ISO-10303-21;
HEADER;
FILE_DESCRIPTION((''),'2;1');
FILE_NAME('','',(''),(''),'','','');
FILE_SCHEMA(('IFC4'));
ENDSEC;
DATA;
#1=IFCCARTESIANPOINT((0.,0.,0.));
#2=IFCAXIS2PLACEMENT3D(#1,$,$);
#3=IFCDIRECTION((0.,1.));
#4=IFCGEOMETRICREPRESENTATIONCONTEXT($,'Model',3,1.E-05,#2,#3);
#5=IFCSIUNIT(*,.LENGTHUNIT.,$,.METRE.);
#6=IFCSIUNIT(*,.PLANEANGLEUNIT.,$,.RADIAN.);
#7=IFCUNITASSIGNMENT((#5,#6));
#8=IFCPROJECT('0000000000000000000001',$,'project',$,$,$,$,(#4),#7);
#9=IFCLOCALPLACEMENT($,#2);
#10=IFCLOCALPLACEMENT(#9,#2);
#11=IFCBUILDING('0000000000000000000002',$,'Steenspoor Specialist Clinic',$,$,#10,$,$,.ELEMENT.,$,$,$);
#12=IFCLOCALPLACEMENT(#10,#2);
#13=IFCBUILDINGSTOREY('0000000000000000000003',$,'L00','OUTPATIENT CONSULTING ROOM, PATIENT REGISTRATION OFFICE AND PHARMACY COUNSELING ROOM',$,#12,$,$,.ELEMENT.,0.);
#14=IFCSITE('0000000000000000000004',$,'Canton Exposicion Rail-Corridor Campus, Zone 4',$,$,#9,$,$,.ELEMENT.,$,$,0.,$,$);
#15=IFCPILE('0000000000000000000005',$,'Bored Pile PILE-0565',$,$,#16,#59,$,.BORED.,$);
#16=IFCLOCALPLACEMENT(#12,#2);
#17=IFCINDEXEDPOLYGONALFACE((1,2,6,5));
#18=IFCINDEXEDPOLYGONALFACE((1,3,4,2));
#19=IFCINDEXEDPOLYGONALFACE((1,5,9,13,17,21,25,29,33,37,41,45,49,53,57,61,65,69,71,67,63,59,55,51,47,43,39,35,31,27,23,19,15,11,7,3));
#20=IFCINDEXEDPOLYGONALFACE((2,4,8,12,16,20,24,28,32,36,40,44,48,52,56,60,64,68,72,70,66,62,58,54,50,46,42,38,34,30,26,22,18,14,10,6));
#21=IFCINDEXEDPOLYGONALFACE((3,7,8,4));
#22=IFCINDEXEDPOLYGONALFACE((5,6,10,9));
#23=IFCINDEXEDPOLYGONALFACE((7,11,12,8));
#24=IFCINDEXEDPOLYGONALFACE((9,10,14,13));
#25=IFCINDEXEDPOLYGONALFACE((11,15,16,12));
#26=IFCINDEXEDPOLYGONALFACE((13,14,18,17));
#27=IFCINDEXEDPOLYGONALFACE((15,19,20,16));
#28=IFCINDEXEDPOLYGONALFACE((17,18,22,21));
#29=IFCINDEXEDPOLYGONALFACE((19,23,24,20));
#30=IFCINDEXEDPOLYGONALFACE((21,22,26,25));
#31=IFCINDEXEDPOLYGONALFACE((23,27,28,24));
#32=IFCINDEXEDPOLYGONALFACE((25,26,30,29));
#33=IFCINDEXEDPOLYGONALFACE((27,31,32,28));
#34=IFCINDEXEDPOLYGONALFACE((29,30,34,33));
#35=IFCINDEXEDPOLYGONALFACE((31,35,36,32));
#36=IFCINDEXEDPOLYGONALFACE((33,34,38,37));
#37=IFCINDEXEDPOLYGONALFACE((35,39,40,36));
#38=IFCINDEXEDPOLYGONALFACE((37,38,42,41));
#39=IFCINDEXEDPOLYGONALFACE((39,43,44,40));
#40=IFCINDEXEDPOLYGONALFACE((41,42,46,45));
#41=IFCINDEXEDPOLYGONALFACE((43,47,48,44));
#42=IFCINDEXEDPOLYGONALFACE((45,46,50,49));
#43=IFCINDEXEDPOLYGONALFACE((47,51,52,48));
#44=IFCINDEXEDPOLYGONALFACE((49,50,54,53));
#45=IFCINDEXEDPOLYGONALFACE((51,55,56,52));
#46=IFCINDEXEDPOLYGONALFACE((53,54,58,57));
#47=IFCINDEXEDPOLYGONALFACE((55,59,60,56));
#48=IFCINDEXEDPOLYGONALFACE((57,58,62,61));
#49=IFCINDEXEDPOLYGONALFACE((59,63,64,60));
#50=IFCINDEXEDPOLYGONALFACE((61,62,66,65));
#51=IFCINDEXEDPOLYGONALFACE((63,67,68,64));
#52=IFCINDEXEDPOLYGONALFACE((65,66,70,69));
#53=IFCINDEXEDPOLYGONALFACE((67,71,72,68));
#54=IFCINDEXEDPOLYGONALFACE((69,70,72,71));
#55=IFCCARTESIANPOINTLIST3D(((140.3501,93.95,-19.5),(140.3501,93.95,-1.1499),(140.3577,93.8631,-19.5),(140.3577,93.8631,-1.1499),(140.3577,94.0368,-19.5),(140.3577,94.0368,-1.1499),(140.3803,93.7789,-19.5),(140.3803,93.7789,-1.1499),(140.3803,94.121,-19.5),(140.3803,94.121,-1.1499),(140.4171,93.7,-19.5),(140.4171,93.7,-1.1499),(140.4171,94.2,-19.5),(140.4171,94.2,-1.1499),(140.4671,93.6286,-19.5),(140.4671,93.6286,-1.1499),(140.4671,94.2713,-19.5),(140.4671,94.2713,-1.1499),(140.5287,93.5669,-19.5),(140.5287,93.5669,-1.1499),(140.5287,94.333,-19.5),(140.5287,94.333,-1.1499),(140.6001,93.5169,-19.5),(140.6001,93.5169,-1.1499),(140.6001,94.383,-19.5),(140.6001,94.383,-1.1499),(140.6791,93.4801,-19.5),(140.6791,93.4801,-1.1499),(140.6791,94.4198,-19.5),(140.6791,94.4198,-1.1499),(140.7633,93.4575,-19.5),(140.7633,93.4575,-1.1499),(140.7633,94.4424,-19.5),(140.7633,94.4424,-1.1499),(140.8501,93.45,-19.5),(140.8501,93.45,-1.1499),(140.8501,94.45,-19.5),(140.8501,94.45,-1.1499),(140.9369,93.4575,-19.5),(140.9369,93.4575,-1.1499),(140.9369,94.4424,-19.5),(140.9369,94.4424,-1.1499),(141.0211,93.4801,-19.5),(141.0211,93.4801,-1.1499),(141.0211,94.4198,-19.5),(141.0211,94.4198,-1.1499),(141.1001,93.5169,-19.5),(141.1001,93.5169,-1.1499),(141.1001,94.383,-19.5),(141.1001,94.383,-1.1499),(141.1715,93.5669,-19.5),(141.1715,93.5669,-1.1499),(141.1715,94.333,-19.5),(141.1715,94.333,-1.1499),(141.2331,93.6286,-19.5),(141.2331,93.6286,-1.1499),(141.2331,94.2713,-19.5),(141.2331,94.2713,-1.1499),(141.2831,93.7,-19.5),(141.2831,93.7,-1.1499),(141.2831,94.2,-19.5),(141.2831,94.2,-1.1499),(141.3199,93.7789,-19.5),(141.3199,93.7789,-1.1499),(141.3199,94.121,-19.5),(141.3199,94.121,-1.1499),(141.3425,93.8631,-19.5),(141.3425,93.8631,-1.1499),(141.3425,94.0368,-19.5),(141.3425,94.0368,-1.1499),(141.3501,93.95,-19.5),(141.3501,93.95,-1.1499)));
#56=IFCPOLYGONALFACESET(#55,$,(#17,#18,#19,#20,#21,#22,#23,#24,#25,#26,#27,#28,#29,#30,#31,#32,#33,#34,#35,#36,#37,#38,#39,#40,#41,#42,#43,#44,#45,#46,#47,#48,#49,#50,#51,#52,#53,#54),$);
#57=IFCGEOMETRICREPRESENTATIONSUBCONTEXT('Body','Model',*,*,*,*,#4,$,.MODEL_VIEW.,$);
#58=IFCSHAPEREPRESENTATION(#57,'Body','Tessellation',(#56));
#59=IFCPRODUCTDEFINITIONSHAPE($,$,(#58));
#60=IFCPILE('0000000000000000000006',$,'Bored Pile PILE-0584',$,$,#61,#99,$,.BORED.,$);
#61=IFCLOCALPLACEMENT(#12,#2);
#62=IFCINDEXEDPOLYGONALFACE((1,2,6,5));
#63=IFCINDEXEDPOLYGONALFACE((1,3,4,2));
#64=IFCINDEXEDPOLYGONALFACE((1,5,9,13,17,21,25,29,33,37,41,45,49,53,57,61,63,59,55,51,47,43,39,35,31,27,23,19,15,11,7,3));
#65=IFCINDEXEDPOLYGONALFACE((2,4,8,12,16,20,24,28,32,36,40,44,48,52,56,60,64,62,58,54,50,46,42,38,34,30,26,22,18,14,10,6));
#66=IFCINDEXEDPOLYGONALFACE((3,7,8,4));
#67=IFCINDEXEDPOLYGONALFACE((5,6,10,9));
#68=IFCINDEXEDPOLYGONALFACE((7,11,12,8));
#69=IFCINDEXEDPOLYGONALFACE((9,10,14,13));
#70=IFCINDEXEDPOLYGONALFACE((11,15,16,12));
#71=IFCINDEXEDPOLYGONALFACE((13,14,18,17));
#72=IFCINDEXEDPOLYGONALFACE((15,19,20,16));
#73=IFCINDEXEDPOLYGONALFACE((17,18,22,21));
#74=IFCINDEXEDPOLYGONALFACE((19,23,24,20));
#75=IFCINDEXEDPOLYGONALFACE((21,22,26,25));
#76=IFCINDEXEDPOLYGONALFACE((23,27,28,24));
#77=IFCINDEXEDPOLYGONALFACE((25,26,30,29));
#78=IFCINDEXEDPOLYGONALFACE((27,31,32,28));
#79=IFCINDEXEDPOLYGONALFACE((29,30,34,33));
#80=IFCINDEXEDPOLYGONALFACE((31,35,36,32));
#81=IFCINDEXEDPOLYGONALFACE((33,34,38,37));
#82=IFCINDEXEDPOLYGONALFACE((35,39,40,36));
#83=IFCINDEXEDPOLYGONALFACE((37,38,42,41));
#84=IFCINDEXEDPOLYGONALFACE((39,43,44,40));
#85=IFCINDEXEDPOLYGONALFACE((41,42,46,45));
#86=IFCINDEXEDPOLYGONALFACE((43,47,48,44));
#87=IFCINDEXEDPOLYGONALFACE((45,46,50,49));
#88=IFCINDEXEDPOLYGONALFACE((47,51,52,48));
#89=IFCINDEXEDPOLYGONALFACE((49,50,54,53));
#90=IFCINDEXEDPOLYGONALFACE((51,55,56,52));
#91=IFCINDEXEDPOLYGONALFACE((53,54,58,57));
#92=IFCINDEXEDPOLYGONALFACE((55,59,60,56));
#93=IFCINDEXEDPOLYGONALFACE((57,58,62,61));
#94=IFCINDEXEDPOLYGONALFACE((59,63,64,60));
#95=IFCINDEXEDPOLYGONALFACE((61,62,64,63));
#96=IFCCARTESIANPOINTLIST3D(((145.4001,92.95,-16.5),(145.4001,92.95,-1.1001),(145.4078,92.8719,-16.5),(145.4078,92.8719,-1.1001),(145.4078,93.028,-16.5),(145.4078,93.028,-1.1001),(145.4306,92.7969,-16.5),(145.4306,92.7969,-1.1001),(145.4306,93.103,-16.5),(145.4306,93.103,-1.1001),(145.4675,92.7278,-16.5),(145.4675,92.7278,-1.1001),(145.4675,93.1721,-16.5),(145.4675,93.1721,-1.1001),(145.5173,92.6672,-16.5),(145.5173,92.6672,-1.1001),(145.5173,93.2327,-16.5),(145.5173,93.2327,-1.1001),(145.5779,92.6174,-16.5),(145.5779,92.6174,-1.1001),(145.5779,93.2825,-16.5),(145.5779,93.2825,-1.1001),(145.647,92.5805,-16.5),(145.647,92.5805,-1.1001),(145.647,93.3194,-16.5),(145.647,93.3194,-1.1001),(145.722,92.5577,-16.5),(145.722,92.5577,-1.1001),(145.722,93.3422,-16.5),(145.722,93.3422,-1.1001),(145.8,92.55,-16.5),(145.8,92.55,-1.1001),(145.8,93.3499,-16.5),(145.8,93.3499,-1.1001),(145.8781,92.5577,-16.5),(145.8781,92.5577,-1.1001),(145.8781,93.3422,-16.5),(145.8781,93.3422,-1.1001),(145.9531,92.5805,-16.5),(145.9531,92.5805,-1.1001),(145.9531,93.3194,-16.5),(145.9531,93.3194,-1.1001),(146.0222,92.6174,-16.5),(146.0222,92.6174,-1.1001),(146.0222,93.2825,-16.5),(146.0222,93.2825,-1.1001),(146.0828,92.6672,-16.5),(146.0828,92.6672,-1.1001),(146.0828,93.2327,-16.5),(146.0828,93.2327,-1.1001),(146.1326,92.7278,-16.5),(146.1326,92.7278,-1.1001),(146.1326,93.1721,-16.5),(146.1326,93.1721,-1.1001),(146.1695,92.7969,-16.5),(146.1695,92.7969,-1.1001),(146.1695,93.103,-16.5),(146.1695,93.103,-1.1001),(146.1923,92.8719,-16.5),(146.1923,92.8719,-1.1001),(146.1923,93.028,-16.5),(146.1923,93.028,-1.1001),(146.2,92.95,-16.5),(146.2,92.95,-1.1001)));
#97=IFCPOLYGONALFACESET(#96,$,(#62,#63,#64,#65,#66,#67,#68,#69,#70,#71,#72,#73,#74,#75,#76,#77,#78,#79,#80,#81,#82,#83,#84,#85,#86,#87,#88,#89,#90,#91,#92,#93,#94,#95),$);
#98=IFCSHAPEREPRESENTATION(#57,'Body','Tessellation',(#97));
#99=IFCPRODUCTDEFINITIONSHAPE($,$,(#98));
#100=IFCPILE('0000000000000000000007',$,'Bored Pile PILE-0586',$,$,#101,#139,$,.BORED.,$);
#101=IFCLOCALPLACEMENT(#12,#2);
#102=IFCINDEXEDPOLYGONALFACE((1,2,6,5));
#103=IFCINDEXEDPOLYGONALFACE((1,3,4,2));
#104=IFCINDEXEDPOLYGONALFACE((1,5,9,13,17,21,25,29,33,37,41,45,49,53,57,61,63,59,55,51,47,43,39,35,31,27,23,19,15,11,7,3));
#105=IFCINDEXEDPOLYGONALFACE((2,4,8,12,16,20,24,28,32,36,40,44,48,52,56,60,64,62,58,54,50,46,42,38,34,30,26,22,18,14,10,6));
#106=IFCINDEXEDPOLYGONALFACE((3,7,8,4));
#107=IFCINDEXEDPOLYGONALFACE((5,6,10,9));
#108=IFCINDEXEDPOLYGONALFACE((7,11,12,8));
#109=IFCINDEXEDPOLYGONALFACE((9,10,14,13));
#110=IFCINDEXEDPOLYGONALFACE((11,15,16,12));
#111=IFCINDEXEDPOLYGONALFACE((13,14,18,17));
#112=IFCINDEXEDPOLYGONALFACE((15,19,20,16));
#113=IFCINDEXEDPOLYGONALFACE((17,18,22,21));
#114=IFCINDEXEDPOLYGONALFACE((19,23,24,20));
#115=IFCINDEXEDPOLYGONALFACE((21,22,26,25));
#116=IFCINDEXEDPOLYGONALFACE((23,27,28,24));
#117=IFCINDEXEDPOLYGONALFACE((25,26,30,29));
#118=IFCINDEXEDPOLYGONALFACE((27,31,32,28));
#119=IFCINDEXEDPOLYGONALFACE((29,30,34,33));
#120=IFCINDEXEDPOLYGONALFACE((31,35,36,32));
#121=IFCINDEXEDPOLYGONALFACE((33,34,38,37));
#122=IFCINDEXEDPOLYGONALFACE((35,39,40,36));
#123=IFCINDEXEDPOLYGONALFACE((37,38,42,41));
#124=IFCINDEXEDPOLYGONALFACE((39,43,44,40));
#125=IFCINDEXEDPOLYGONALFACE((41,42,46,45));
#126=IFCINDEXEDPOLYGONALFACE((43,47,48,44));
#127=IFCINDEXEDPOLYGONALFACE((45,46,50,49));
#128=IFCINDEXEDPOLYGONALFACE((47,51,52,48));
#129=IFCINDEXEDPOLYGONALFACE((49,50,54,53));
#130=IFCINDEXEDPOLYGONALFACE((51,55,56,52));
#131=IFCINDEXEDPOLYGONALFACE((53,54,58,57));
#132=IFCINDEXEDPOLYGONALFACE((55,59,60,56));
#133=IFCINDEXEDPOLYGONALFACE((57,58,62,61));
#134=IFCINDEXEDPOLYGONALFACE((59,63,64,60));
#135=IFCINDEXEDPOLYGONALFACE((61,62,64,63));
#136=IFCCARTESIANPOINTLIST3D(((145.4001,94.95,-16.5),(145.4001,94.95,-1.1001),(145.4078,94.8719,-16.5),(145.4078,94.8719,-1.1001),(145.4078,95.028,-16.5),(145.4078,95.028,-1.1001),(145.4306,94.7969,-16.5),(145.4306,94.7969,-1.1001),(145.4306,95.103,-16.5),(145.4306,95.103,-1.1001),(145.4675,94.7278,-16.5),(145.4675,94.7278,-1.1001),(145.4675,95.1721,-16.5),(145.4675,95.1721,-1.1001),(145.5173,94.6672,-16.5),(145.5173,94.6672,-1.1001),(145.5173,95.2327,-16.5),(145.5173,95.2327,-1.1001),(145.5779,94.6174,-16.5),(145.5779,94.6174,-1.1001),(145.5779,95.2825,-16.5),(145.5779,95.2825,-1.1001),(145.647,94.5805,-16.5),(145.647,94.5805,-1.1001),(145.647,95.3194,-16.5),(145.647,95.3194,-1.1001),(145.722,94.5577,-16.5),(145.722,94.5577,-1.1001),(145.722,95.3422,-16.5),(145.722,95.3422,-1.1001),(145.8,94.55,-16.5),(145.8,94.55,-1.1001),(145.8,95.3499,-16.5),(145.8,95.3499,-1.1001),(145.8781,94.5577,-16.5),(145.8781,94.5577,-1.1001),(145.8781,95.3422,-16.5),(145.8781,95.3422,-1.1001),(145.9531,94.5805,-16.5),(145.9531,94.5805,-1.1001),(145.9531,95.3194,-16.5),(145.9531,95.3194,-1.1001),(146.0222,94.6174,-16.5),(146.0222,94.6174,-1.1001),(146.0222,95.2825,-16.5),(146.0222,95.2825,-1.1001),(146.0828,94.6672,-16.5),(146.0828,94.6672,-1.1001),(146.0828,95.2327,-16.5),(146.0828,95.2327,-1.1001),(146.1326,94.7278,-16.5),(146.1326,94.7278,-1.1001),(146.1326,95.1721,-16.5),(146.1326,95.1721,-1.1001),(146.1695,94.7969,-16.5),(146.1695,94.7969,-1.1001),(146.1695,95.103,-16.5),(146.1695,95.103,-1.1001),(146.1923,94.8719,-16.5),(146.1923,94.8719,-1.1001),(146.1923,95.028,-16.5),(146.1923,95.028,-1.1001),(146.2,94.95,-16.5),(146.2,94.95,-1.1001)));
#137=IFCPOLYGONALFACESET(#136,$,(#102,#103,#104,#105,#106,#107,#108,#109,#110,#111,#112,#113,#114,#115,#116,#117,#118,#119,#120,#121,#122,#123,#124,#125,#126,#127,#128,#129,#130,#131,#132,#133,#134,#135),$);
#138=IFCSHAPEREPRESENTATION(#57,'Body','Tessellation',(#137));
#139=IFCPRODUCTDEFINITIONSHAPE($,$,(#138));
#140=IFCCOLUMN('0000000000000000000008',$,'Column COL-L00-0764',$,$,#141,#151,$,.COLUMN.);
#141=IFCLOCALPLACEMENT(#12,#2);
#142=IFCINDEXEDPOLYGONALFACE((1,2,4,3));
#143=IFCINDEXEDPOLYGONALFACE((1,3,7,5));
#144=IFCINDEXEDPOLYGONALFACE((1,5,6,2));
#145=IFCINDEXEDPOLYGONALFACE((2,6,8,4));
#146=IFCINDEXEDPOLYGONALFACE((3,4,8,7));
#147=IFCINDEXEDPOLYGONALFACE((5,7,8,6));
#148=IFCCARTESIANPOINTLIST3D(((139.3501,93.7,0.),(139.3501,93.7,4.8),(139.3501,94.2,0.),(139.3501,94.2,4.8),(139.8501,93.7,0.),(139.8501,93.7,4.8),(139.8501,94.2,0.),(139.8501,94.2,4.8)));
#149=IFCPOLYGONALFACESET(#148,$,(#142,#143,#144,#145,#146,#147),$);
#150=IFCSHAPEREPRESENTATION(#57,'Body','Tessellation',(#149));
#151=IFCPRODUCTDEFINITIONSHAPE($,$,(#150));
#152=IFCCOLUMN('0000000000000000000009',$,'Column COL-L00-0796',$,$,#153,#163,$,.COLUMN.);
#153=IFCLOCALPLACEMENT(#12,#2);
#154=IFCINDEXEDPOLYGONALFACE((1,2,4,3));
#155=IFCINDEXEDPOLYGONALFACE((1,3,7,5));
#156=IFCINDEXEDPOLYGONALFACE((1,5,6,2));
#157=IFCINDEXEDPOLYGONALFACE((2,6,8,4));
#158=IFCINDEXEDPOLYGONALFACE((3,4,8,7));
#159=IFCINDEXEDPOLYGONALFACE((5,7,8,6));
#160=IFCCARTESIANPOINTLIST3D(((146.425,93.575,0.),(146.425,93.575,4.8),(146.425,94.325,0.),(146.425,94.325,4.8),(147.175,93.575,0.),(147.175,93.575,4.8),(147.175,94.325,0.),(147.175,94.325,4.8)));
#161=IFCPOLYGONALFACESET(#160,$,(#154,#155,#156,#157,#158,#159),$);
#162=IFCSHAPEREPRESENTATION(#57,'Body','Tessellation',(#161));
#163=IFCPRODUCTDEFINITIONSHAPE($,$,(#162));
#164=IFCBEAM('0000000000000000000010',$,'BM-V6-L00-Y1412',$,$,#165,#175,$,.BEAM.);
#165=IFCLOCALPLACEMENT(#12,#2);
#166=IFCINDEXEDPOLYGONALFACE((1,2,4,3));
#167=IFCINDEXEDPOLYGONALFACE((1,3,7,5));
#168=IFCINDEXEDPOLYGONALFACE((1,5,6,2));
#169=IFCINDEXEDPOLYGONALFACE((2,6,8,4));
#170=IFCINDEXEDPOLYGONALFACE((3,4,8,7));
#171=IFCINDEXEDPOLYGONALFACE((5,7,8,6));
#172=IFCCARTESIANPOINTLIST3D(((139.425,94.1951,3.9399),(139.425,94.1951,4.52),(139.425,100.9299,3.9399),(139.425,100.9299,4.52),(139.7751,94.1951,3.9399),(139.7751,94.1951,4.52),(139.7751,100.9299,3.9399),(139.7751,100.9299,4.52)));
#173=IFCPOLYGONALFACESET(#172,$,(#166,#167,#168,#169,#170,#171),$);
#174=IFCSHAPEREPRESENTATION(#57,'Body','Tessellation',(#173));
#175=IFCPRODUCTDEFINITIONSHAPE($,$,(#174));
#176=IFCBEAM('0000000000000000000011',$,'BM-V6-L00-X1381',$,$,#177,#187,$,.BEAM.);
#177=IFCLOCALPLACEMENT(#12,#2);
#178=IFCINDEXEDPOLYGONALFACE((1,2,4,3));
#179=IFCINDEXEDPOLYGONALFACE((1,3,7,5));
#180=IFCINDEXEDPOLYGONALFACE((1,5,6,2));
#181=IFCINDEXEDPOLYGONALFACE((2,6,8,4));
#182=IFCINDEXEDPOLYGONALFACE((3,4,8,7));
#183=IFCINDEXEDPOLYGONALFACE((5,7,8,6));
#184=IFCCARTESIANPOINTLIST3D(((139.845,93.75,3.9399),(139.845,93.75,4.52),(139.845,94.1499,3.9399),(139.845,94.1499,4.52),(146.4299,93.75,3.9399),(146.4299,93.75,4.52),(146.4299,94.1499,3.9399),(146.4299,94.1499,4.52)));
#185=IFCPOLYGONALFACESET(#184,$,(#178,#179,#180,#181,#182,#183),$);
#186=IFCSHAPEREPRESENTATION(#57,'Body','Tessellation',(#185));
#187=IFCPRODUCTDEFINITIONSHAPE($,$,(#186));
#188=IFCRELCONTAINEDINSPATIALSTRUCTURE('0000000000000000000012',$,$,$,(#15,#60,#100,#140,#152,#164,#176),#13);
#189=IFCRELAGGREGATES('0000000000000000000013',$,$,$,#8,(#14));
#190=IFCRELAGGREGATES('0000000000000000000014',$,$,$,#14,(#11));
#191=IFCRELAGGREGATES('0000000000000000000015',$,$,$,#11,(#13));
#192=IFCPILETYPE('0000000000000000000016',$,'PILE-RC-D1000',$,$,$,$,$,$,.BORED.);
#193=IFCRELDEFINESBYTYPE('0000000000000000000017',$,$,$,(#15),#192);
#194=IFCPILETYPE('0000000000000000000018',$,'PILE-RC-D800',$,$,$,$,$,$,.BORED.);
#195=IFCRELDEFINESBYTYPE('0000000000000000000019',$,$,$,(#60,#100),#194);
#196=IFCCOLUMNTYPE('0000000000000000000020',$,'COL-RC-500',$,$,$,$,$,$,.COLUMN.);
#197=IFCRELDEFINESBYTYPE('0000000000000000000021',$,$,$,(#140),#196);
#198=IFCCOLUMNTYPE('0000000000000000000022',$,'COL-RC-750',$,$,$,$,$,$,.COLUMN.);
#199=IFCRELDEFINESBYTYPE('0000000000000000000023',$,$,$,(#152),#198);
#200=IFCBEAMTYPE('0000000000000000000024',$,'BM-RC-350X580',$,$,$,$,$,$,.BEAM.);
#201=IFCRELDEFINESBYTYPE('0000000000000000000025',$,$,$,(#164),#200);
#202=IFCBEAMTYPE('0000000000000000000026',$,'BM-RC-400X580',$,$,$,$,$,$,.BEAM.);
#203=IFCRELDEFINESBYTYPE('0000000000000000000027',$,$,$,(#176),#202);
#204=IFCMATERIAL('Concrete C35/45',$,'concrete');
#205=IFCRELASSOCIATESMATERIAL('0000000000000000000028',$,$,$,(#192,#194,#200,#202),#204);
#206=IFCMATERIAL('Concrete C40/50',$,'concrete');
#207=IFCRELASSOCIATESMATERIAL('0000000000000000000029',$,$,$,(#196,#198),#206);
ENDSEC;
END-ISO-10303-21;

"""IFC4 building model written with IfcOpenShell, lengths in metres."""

from ifc_helpers import new_model, si_unit, direction, frame, origin, origin_2d, place, context, subcontext, project, spatial, rectangle, circle, extrude, material, material_profile, profile_set, type_object, element, save


model = new_model("IFC4")

# Units and contexts
model_context = context("Model", 3, precision=1e-05, world=origin(), true_north=direction((0.0, 1.0)))
body_context = subcontext(model_context, "Body", "Model", "MODEL_VIEW")
ifc_project = project(units=[si_unit("LENGTHUNIT", "METRE"), si_unit("PLANEANGLEUNIT", "RADIAN")], contexts=[model_context])

# Site, building, storey
site_placement = place(None, origin())
site = spatial("IfcSite", under=ifc_project, at=site_placement, Name="Canton Exposicion Rail-Corridor Campus, Zone 4", CompositionType="ELEMENT", RefElevation=0.0)
building_placement = place(site_placement, origin())
building = spatial("IfcBuilding", under=site, at=building_placement, Name="Steenspoor Specialist Clinic", CompositionType="ELEMENT")
storey_placement = place(building_placement, origin())
storey = spatial("IfcBuildingStorey", under=building, at=storey_placement, Name="L00", Description="OUTPATIENT CONSULTING ROOM, PATIENT REGISTRATION OFFICE AND PHARMACY COUNSELING ROOM", CompositionType="ELEMENT", Elevation=0.0)

# Shared definitions
ifc_material_1 = material(Name="Concrete C35/45", Category="concrete")

# Piles
ifc_material_profile_1 = material_profile(ifc_material_1, circle(Radius=0.5, at=origin_2d()), Name="PILE-D1000")
ifc_profile_set_1 = profile_set([ifc_material_profile_1], Name="Concrete C35/45")
pile_type_1 = type_object("IfcPileType", Name="PILE-RC-D1000", PredefinedType="BORED", material=ifc_profile_set_1)
for number, where, z_axis, x_axis, name in (
    (1, (140.8501, 93.95, -1.1499), (0.0, 0.0, -1.0), (1.0, 0.0, 0.0), "Bored Pile PILE-0565"),
):
    element("IfcPile", number, at=place(storey_placement, frame(where, z_axis=z_axis, x_axis=x_axis)), inside=storey, type_object=pile_type_1, Name=name, PredefinedType="BORED", context=body_context, shape_type="SweptSolid", body=[
        extrude(circle(Radius=0.5, at=origin_2d()), origin(), (0.0, 0.0, 1.0), 18.3501),
    ])
ifc_material_profile_2 = material_profile(ifc_material_1, circle(Radius=0.3999, at=origin_2d()), Name="PILE-D800")
ifc_profile_set_2 = profile_set([ifc_material_profile_2], Name="Concrete C35/45")
pile_type_2 = type_object("IfcPileType", Name="PILE-RC-D800", PredefinedType="BORED", material=ifc_profile_set_2)
for number, where, z_axis, x_axis, name in (
    (2, (145.8, 92.95, -1.1001), (0.0, 0.0, -1.0), (1.0, 0.0, 0.0), "Bored Pile PILE-0584"),
    (3, (145.8, 94.95, -1.1001), (0.0, 0.0, -1.0), (1.0, 0.0, 0.0), "Bored Pile PILE-0586"),
):
    element("IfcPile", number, at=place(storey_placement, frame(where, z_axis=z_axis, x_axis=x_axis)), inside=storey, type_object=pile_type_2, Name=name, PredefinedType="BORED", context=body_context, shape_type="SweptSolid", body=[
        extrude(circle(Radius=0.3999, at=origin_2d()), origin(), (0.0, 0.0, 1.0), 15.3999),
    ])

# Columns
ifc_material_2 = material(Name="Concrete C40/50", Category="concrete")
ifc_material_profile_3 = material_profile(ifc_material_2, rectangle(XDim=0.5, YDim=0.5, at=origin_2d()), Name="RC-COL-500X500")
ifc_profile_set_3 = profile_set([ifc_material_profile_3], Name="Concrete C40/50")
column_type_1 = type_object("IfcColumnType", Name="COL-RC-500", PredefinedType="COLUMN", material=ifc_profile_set_3)
column_1_placement = place(storey_placement, frame((139.6001, 93.95, 0.0), z_axis=(0.0, 0.0, 1.0), x_axis=(1.0, 0.0, 0.0)))
element("IfcColumn", 4, at=column_1_placement, inside=storey, type_object=column_type_1, Name="Column COL-L00-0764", PredefinedType="COLUMN", context=body_context, shape_type="SweptSolid", body=[
    extrude(rectangle(XDim=0.5, YDim=0.5, at=origin_2d()), origin(), (0.0, 0.0, 1.0), 4.8),
])
ifc_material_profile_4 = material_profile(ifc_material_2, rectangle(XDim=0.75, YDim=0.75, at=origin_2d()), Name="RC-COL-750X750")
ifc_profile_set_4 = profile_set([ifc_material_profile_4], Name="Concrete C40/50")
column_type_2 = type_object("IfcColumnType", Name="COL-RC-750", PredefinedType="COLUMN", material=ifc_profile_set_4)
column_2_placement = place(storey_placement, frame((146.8, 93.95, 0.0), z_axis=(0.0, 0.0, 1.0), x_axis=(1.0, 0.0, 0.0)))
element("IfcColumn", 5, at=column_2_placement, inside=storey, type_object=column_type_2, Name="Column COL-L00-0796", PredefinedType="COLUMN", context=body_context, shape_type="SweptSolid", body=[
    extrude(rectangle(XDim=0.75, YDim=0.75, at=origin_2d()), origin(), (0.0, 0.0, 1.0), 4.8),
])

# Beams
ifc_material_profile_5 = material_profile(ifc_material_1, rectangle(XDim=0.3501, YDim=0.5801, at=origin_2d()), Name="RC-BM-350X580")
ifc_profile_set_5 = profile_set([ifc_material_profile_5], Name="Concrete C35/45")
beam_type_1 = type_object("IfcBeamType", Name="BM-RC-350X580", PredefinedType="BEAM", material=ifc_profile_set_5)
beam_1_placement = place(storey_placement, frame((139.6001, 94.1951, 4.23), z_axis=(0.0, 1.0, 0.0), x_axis=(-1.0, 0.0, 0.0)))
element("IfcBeam", 6, at=beam_1_placement, inside=storey, type_object=beam_type_1, Name="BM-V6-L00-Y1412", PredefinedType="BEAM", context=body_context, shape_type="SweptSolid", body=[
    extrude(rectangle(XDim=0.3501, YDim=0.5801, at=origin_2d()), origin(), (0.0, 0.0, 1.0), 6.7349),
])
ifc_material_profile_6 = material_profile(ifc_material_1, rectangle(XDim=0.3999, YDim=0.5801, at=origin_2d()), Name="RC-BM-400X580")
ifc_profile_set_6 = profile_set([ifc_material_profile_6], Name="Concrete C35/45")
beam_type_2 = type_object("IfcBeamType", Name="BM-RC-400X580", PredefinedType="BEAM", material=ifc_profile_set_6)
beam_2_placement = place(storey_placement, frame((139.845, 93.95, 4.23), z_axis=(1.0, 0.0, 0.0), x_axis=(0.0, 1.0, 0.0)))
element("IfcBeam", 7, at=beam_2_placement, inside=storey, type_object=beam_type_2, Name="BM-V6-L00-X1381", PredefinedType="BEAM", context=body_context, shape_type="SweptSolid", body=[
    extrude(rectangle(XDim=0.3999, YDim=0.5801, at=origin_2d()), origin(), (0.0, 0.0, 1.0), 6.585),
])

save(model, "model.ifc")
